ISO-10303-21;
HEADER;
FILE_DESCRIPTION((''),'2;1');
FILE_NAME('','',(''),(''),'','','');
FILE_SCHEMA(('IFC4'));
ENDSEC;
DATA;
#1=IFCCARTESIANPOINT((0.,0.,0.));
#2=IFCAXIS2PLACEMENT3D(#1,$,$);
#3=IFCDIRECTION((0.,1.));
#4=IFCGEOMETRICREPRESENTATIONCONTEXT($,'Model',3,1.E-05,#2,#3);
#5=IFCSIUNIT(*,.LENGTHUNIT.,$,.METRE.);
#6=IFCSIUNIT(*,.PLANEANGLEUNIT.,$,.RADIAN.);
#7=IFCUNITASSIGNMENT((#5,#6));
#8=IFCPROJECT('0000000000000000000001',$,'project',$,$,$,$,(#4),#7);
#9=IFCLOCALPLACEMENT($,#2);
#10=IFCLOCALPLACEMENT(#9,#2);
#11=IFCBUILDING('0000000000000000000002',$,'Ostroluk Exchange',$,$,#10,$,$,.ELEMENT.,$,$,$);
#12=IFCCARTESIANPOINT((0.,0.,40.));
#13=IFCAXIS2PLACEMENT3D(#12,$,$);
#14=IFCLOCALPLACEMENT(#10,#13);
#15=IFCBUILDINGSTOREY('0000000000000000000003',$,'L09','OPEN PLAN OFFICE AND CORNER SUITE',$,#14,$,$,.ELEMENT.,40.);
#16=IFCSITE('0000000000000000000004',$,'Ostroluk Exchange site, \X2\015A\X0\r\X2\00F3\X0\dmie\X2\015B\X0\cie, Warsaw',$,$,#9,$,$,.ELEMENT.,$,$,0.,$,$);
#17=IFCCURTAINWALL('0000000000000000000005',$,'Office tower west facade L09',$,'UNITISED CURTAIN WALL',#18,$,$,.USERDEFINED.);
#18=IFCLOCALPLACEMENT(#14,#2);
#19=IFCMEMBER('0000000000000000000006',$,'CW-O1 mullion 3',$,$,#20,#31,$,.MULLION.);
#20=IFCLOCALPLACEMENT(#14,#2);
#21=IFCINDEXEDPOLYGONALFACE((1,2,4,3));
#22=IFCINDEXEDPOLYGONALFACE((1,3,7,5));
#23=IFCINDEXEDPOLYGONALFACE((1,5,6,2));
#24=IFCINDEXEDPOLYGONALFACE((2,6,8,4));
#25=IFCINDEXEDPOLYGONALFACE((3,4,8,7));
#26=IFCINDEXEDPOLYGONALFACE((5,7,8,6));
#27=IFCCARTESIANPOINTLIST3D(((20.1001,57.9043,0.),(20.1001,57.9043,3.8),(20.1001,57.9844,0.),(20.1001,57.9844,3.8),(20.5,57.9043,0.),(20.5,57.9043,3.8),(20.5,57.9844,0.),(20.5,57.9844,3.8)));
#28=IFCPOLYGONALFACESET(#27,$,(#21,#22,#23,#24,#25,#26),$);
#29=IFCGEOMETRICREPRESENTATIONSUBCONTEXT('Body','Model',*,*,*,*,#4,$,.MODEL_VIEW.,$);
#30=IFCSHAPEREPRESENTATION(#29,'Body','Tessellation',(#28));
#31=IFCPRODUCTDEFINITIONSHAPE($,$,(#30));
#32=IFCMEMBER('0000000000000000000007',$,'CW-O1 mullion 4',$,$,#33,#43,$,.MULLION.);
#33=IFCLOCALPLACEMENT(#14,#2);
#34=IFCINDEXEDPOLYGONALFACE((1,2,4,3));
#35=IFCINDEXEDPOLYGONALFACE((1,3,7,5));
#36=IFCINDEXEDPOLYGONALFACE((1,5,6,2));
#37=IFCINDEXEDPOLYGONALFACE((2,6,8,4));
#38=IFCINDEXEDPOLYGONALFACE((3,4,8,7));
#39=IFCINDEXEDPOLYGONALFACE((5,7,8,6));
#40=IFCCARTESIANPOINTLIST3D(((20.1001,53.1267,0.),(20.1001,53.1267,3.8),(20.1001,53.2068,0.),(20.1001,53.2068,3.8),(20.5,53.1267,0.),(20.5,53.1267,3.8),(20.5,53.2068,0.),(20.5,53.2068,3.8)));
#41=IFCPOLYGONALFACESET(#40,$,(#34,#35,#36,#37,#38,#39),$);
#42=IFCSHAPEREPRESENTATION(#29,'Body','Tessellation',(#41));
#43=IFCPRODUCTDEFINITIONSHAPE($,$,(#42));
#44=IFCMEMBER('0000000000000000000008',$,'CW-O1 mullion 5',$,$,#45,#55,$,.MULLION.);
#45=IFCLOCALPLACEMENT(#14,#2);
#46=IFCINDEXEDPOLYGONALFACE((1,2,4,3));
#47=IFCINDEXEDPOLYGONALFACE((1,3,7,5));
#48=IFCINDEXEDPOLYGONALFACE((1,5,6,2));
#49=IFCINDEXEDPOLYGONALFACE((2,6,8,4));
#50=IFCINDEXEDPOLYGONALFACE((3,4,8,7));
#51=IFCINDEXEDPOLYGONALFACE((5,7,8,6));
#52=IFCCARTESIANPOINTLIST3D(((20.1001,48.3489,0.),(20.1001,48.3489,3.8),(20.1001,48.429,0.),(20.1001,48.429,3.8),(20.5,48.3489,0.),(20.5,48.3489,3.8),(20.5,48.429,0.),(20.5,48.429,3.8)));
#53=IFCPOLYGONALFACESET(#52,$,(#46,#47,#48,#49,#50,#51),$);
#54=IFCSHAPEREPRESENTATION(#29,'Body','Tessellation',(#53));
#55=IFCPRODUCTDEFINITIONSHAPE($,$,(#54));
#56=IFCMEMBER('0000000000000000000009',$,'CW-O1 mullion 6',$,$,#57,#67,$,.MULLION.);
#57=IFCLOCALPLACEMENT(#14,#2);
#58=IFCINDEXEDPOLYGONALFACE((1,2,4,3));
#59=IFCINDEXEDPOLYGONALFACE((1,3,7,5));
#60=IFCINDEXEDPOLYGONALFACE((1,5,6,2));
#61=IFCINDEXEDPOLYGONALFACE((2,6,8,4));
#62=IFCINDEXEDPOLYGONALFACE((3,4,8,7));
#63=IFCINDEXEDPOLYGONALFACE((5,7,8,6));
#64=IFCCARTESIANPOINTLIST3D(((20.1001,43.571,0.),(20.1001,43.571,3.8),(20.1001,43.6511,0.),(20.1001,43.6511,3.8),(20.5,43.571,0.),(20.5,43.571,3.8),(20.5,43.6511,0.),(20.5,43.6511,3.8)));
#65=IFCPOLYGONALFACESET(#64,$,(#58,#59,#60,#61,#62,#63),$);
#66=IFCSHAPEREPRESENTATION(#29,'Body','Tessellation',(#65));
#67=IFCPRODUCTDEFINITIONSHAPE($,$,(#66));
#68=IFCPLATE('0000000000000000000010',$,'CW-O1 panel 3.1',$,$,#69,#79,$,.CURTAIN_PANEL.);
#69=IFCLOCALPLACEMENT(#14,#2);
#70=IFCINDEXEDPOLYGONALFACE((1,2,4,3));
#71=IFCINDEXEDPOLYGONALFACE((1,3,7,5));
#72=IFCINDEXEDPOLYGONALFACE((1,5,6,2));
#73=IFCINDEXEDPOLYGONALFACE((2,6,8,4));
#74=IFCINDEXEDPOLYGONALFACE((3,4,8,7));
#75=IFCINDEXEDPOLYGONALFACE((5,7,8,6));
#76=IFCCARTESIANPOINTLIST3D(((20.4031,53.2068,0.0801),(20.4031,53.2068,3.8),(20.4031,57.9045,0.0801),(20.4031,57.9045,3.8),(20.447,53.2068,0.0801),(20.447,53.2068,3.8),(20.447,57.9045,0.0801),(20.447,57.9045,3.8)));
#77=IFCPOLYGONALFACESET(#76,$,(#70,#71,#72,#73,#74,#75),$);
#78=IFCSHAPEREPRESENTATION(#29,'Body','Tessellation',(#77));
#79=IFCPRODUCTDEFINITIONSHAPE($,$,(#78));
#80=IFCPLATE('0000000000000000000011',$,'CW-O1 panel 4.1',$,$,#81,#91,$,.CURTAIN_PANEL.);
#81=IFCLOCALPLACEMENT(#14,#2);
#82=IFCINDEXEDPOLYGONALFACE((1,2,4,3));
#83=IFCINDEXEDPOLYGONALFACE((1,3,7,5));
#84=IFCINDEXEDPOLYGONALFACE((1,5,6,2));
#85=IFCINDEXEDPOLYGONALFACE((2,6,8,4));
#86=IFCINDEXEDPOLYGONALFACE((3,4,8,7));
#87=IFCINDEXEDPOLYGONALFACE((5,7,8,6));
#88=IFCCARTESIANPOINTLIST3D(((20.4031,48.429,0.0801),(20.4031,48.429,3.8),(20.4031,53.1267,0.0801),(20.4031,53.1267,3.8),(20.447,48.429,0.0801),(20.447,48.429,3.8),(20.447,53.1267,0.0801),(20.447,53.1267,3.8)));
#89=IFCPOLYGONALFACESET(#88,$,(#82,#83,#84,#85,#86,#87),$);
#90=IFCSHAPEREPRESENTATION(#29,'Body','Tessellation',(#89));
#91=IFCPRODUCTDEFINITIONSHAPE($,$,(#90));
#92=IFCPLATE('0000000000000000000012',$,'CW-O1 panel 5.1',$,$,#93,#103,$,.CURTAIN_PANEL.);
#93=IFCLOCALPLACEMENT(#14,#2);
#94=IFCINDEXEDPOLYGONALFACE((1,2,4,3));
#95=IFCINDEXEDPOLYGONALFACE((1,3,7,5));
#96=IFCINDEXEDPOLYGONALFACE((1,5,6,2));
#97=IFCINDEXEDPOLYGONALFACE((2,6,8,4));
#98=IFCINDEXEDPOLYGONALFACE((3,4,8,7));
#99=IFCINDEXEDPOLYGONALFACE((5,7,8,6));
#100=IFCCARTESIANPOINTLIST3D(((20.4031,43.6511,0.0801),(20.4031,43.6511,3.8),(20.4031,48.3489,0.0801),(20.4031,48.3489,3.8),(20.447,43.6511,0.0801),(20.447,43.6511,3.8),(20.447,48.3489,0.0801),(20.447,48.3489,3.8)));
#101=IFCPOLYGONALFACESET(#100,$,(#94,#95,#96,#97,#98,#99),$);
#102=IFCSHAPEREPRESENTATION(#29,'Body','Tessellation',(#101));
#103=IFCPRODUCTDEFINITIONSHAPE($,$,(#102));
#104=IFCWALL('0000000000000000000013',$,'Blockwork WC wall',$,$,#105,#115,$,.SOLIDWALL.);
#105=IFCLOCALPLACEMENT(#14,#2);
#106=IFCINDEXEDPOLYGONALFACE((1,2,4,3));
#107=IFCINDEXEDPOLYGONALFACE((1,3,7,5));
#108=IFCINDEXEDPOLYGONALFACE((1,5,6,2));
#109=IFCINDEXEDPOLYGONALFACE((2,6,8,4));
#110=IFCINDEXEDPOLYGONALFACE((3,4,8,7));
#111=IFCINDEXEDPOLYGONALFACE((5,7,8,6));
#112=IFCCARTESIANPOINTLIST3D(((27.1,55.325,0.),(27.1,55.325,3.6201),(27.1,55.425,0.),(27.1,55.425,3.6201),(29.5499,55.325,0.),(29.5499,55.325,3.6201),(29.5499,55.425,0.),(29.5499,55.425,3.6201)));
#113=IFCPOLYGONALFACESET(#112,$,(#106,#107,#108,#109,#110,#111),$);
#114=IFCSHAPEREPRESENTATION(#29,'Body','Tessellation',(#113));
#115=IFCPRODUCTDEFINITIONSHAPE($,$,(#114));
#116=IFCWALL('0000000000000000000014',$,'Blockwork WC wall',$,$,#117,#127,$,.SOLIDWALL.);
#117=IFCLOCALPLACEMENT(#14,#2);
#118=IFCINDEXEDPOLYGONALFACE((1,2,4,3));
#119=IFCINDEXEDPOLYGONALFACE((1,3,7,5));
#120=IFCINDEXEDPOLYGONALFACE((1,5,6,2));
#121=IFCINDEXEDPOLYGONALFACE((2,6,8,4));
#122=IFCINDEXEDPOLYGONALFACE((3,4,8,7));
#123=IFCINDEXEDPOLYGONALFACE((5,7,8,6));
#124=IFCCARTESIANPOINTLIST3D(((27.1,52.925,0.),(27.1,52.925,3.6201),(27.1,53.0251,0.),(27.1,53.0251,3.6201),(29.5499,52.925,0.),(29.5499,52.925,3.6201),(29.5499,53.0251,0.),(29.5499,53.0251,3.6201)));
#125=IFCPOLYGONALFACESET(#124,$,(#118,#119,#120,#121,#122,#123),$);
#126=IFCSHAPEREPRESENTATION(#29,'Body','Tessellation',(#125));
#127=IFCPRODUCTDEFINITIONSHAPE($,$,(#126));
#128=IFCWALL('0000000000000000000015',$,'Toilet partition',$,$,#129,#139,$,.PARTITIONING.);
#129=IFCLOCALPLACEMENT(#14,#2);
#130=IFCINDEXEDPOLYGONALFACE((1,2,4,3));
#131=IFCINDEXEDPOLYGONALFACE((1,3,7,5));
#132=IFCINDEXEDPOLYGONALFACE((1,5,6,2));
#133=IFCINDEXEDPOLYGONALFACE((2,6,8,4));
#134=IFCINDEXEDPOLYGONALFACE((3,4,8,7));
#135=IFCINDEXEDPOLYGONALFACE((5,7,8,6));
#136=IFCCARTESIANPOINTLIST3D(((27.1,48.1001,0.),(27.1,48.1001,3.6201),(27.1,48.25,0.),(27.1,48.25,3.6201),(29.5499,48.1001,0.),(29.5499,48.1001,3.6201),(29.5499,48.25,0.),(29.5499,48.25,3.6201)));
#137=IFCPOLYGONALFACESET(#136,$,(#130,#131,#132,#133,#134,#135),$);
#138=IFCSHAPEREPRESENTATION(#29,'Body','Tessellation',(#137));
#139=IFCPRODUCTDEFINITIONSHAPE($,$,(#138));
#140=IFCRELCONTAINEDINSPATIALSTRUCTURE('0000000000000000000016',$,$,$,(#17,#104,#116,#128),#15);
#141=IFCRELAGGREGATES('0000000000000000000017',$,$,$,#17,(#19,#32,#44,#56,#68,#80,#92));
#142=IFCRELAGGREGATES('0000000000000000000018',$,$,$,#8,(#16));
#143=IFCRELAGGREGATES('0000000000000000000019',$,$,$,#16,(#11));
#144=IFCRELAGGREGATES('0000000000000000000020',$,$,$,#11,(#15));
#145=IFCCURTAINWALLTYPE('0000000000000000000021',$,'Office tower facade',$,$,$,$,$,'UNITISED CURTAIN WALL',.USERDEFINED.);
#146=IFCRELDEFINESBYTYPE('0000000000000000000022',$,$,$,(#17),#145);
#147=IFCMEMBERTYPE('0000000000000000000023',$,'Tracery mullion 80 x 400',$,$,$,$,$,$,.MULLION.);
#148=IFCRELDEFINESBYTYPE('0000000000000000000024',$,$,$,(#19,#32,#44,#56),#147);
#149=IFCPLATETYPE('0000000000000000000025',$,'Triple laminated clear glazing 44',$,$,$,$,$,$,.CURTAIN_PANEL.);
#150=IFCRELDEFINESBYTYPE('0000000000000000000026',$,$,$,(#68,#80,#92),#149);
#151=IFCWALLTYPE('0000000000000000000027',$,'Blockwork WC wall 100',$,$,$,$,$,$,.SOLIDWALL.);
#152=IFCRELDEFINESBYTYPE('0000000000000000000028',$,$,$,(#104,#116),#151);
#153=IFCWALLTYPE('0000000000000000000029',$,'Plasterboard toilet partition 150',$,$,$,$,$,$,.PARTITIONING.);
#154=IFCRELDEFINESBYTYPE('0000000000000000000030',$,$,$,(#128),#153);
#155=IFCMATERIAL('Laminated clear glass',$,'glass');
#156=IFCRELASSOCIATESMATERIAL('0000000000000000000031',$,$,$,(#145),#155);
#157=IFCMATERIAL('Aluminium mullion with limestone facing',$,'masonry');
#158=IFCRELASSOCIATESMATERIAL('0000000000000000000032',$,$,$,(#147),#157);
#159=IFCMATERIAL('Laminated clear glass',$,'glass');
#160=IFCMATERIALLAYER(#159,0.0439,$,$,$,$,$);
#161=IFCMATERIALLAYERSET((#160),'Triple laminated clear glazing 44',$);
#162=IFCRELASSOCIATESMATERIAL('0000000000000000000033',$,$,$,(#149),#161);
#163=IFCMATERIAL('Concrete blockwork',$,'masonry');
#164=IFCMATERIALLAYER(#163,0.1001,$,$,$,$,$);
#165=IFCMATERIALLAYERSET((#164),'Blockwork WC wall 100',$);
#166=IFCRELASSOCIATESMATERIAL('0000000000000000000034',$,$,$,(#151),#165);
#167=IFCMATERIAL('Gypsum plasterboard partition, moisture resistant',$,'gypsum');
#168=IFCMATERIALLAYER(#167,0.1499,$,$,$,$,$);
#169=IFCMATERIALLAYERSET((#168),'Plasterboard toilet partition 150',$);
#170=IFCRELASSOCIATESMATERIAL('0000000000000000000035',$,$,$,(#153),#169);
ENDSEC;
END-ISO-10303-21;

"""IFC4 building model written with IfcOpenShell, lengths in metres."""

from ifc_helpers import new_model, si_unit, direction, frame, frame_2d, origin, origin_2d, place, context, subcontext, project, spatial, rectangle, extrude, material, layer, layer_set, material_profile, profile_set, type_object, element, aggregate, save


model = new_model("IFC4")

# Units and contexts
model_context = context("Model", 3, precision=1e-05, world=origin(), true_north=direction((0.0, 1.0)))
body_context = subcontext(model_context, "Body", "Model", "MODEL_VIEW")
ifc_project = project(units=[si_unit("LENGTHUNIT", "METRE"), si_unit("PLANEANGLEUNIT", "RADIAN")], contexts=[model_context])

# Site, building, storey
site_placement = place(None, origin())
site = spatial("IfcSite", under=ifc_project, at=site_placement, Name="Ostroluk Exchange site, Śródmieście, Warsaw", CompositionType="ELEMENT", RefElevation=0.0)
building_placement = place(site_placement, origin())
building = spatial("IfcBuilding", under=site, at=building_placement, Name="Ostroluk Exchange", CompositionType="ELEMENT")
storey_placement = place(building_placement, frame((0.0, 0.0, 40.0)))
storey = spatial("IfcBuildingStorey", under=building, at=storey_placement, Name="L09", Description="OPEN PLAN OFFICE AND CORNER SUITE", CompositionType="ELEMENT", Elevation=40.0)

# Curtain wall, members, plates
ifc_material_1 = material(Name="Laminated clear glass", Category="glass")
curtain_wall_type = type_object("IfcCurtainWallType", Name="Office tower facade", ElementType="UNITISED CURTAIN WALL", PredefinedType="USERDEFINED", material=ifc_material_1)
curtain_wall_placement = place(storey_placement, origin())
curtain_wall = element("IfcCurtainWall", 1, at=curtain_wall_placement, inside=storey, type_object=curtain_wall_type, Name="Office tower west facade L09", ObjectType="UNITISED CURTAIN WALL", PredefinedType="USERDEFINED")
ifc_material_2 = material(Name="Aluminium mullion with limestone facing", Category="masonry")
ifc_material_profile_1 = material_profile(ifc_material_2, rectangle(XDim=0.3999, YDim=0.0801, at=origin_2d()), Name="Tracery mullion 80 x 400")
ifc_profile_set_1 = profile_set([ifc_material_profile_1], Name="Aluminium mullion with limestone facing")
member_type_1 = type_object("IfcMemberType", Name="Tracery mullion 80 x 400", PredefinedType="MULLION", material=ifc_profile_set_1)
member_1_placement = place(storey_placement, frame((20.3, 57.9443, 0.0), z_axis=(0.0, 0.0, 1.0), x_axis=(1.0, 0.0, 0.0)))
member_1 = element("IfcMember", 2, at=member_1_placement, type_object=member_type_1, Name="CW-O1 mullion 3", PredefinedType="MULLION", context=body_context, shape_type="SweptSolid", body=[
    extrude(rectangle(XDim=0.3999, YDim=0.0801, at=origin_2d()), origin(), (0.0, 0.0, 1.0), 3.8),
])
member_2_placement = place(storey_placement, frame((20.3, 53.1667, 0.0), z_axis=(0.0, 0.0, 1.0), x_axis=(1.0, 0.0, 0.0)))
member_2 = element("IfcMember", 3, at=member_2_placement, type_object=member_type_1, Name="CW-O1 mullion 4", PredefinedType="MULLION", context=body_context, shape_type="SweptSolid", body=[
    extrude(rectangle(XDim=0.3999, YDim=0.0801, at=origin_2d()), origin(), (0.0, 0.0, 1.0), 3.8),
])
member_3_placement = place(storey_placement, frame((20.3, 48.3889, 0.0), z_axis=(0.0, 0.0, 1.0), x_axis=(1.0, 0.0, 0.0)))
member_3 = element("IfcMember", 4, at=member_3_placement, type_object=member_type_1, Name="CW-O1 mullion 5", PredefinedType="MULLION", context=body_context, shape_type="SweptSolid", body=[
    extrude(rectangle(XDim=0.3999, YDim=0.0801, at=origin_2d()), origin(), (0.0, 0.0, 1.0), 3.8),
])
member_4_placement = place(storey_placement, frame((20.3, 43.6111, 0.0), z_axis=(0.0, 0.0, 1.0), x_axis=(1.0, 0.0, 0.0)))
member_4 = element("IfcMember", 5, at=member_4_placement, type_object=member_type_1, Name="CW-O1 mullion 6", PredefinedType="MULLION", context=body_context, shape_type="SweptSolid", body=[
    extrude(rectangle(XDim=0.3999, YDim=0.0801, at=origin_2d()), origin(), (0.0, 0.0, 1.0), 3.8),
])
ifc_material_3 = material(Name="Laminated clear glass", Category="glass")
ifc_layer_1 = layer(ifc_material_3, 0.0439)
ifc_layer_set_1 = layer_set([ifc_layer_1], Name="Triple laminated clear glazing 44")
plate_type = type_object("IfcPlateType", Name="Triple laminated clear glazing 44", PredefinedType="CURTAIN_PANEL", material=ifc_layer_set_1)
plate_1_placement = place(storey_placement, frame((20.425, 55.5557, 0.0801), z_axis=(0.0, 0.0, 1.0), x_axis=(0.0, -1.0, 0.0)))
plate_1 = element("IfcPlate", 6, at=plate_1_placement, type_object=plate_type, Name="CW-O1 panel 3.1", PredefinedType="CURTAIN_PANEL", context=body_context, shape_type="SweptSolid", body=[
    extrude(rectangle(XDim=4.6978, YDim=0.0439, at=origin_2d()), origin(), (0.0, 0.0, 1.0), 3.72),
])
plate_2_placement = place(storey_placement, frame((20.425, 50.7778, 0.0801), z_axis=(0.0, 0.0, 1.0), x_axis=(0.0, -1.0, 0.0)))
plate_2 = element("IfcPlate", 7, at=plate_2_placement, type_object=plate_type, Name="CW-O1 panel 4.1", PredefinedType="CURTAIN_PANEL", context=body_context, shape_type="SweptSolid", body=[
    extrude(rectangle(XDim=4.6978, YDim=0.0439, at=origin_2d()), origin(), (0.0, 0.0, 1.0), 3.72),
])
plate_3_placement = place(storey_placement, frame((20.425, 46.0, 0.0801), z_axis=(0.0, 0.0, 1.0), x_axis=(0.0, -1.0, 0.0)))
plate_3 = element("IfcPlate", 8, at=plate_3_placement, type_object=plate_type, Name="CW-O1 panel 5.1", PredefinedType="CURTAIN_PANEL", context=body_context, shape_type="SweptSolid", body=[
    extrude(rectangle(XDim=4.6978, YDim=0.0439, at=origin_2d()), origin(), (0.0, 0.0, 1.0), 3.72),
])
aggregate(curtain_wall, [member_1, member_2, member_3, member_4, plate_1, plate_2, plate_3])

# Walls
ifc_material_4 = material(Name="Concrete blockwork", Category="masonry")
ifc_layer_2 = layer(ifc_material_4, 0.1001)
ifc_layer_set_2 = layer_set([ifc_layer_2], Name="Blockwork WC wall 100")
wall_type_1 = type_object("IfcWallType", Name="Blockwork WC wall 100", PredefinedType="SOLIDWALL", material=ifc_layer_set_2)
for number, where, z_axis, x_axis, name in (
    (9, (29.55, 55.375, 0.0), (0.0, 0.0, 1.0), (-1.0, 0.0, 0.0), "Blockwork WC wall"),
    (10, (29.55, 52.9751, 0.0), (0.0, 0.0, 1.0), (-1.0, 0.0, 0.0), "Blockwork WC wall"),
):
    element("IfcWall", number, at=place(storey_placement, frame(where, z_axis=z_axis, x_axis=x_axis)), inside=storey, type_object=wall_type_1, Name=name, PredefinedType="SOLIDWALL", context=body_context, shape_type="SweptSolid", body=[
        extrude(rectangle(XDim=2.45, YDim=0.1001, at=frame_2d((1.2251, 0.0))), origin(), (0.0, 0.0, 1.0), 3.6201),
    ])
ifc_material_5 = material(Name="Gypsum plasterboard partition, moisture resistant", Category="gypsum")
ifc_layer_3 = layer(ifc_material_5, 0.1499)
ifc_layer_set_3 = layer_set([ifc_layer_3], Name="Plasterboard toilet partition 150")
wall_type_2 = type_object("IfcWallType", Name="Plasterboard toilet partition 150", PredefinedType="PARTITIONING", material=ifc_layer_set_3)
wall_placement = place(storey_placement, frame((29.55, 48.175, 0.0), z_axis=(0.0, 0.0, 1.0), x_axis=(-1.0, 0.0, 0.0)))
element("IfcWall", 11, at=wall_placement, inside=storey, type_object=wall_type_2, Name="Toilet partition", PredefinedType="PARTITIONING", context=body_context, shape_type="SweptSolid", body=[
    extrude(rectangle(XDim=2.45, YDim=0.1499, at=frame_2d((1.2251, 0.0))), origin(), (0.0, 0.0, 1.0), 3.6201),
])

save(model, "model.ifc")
